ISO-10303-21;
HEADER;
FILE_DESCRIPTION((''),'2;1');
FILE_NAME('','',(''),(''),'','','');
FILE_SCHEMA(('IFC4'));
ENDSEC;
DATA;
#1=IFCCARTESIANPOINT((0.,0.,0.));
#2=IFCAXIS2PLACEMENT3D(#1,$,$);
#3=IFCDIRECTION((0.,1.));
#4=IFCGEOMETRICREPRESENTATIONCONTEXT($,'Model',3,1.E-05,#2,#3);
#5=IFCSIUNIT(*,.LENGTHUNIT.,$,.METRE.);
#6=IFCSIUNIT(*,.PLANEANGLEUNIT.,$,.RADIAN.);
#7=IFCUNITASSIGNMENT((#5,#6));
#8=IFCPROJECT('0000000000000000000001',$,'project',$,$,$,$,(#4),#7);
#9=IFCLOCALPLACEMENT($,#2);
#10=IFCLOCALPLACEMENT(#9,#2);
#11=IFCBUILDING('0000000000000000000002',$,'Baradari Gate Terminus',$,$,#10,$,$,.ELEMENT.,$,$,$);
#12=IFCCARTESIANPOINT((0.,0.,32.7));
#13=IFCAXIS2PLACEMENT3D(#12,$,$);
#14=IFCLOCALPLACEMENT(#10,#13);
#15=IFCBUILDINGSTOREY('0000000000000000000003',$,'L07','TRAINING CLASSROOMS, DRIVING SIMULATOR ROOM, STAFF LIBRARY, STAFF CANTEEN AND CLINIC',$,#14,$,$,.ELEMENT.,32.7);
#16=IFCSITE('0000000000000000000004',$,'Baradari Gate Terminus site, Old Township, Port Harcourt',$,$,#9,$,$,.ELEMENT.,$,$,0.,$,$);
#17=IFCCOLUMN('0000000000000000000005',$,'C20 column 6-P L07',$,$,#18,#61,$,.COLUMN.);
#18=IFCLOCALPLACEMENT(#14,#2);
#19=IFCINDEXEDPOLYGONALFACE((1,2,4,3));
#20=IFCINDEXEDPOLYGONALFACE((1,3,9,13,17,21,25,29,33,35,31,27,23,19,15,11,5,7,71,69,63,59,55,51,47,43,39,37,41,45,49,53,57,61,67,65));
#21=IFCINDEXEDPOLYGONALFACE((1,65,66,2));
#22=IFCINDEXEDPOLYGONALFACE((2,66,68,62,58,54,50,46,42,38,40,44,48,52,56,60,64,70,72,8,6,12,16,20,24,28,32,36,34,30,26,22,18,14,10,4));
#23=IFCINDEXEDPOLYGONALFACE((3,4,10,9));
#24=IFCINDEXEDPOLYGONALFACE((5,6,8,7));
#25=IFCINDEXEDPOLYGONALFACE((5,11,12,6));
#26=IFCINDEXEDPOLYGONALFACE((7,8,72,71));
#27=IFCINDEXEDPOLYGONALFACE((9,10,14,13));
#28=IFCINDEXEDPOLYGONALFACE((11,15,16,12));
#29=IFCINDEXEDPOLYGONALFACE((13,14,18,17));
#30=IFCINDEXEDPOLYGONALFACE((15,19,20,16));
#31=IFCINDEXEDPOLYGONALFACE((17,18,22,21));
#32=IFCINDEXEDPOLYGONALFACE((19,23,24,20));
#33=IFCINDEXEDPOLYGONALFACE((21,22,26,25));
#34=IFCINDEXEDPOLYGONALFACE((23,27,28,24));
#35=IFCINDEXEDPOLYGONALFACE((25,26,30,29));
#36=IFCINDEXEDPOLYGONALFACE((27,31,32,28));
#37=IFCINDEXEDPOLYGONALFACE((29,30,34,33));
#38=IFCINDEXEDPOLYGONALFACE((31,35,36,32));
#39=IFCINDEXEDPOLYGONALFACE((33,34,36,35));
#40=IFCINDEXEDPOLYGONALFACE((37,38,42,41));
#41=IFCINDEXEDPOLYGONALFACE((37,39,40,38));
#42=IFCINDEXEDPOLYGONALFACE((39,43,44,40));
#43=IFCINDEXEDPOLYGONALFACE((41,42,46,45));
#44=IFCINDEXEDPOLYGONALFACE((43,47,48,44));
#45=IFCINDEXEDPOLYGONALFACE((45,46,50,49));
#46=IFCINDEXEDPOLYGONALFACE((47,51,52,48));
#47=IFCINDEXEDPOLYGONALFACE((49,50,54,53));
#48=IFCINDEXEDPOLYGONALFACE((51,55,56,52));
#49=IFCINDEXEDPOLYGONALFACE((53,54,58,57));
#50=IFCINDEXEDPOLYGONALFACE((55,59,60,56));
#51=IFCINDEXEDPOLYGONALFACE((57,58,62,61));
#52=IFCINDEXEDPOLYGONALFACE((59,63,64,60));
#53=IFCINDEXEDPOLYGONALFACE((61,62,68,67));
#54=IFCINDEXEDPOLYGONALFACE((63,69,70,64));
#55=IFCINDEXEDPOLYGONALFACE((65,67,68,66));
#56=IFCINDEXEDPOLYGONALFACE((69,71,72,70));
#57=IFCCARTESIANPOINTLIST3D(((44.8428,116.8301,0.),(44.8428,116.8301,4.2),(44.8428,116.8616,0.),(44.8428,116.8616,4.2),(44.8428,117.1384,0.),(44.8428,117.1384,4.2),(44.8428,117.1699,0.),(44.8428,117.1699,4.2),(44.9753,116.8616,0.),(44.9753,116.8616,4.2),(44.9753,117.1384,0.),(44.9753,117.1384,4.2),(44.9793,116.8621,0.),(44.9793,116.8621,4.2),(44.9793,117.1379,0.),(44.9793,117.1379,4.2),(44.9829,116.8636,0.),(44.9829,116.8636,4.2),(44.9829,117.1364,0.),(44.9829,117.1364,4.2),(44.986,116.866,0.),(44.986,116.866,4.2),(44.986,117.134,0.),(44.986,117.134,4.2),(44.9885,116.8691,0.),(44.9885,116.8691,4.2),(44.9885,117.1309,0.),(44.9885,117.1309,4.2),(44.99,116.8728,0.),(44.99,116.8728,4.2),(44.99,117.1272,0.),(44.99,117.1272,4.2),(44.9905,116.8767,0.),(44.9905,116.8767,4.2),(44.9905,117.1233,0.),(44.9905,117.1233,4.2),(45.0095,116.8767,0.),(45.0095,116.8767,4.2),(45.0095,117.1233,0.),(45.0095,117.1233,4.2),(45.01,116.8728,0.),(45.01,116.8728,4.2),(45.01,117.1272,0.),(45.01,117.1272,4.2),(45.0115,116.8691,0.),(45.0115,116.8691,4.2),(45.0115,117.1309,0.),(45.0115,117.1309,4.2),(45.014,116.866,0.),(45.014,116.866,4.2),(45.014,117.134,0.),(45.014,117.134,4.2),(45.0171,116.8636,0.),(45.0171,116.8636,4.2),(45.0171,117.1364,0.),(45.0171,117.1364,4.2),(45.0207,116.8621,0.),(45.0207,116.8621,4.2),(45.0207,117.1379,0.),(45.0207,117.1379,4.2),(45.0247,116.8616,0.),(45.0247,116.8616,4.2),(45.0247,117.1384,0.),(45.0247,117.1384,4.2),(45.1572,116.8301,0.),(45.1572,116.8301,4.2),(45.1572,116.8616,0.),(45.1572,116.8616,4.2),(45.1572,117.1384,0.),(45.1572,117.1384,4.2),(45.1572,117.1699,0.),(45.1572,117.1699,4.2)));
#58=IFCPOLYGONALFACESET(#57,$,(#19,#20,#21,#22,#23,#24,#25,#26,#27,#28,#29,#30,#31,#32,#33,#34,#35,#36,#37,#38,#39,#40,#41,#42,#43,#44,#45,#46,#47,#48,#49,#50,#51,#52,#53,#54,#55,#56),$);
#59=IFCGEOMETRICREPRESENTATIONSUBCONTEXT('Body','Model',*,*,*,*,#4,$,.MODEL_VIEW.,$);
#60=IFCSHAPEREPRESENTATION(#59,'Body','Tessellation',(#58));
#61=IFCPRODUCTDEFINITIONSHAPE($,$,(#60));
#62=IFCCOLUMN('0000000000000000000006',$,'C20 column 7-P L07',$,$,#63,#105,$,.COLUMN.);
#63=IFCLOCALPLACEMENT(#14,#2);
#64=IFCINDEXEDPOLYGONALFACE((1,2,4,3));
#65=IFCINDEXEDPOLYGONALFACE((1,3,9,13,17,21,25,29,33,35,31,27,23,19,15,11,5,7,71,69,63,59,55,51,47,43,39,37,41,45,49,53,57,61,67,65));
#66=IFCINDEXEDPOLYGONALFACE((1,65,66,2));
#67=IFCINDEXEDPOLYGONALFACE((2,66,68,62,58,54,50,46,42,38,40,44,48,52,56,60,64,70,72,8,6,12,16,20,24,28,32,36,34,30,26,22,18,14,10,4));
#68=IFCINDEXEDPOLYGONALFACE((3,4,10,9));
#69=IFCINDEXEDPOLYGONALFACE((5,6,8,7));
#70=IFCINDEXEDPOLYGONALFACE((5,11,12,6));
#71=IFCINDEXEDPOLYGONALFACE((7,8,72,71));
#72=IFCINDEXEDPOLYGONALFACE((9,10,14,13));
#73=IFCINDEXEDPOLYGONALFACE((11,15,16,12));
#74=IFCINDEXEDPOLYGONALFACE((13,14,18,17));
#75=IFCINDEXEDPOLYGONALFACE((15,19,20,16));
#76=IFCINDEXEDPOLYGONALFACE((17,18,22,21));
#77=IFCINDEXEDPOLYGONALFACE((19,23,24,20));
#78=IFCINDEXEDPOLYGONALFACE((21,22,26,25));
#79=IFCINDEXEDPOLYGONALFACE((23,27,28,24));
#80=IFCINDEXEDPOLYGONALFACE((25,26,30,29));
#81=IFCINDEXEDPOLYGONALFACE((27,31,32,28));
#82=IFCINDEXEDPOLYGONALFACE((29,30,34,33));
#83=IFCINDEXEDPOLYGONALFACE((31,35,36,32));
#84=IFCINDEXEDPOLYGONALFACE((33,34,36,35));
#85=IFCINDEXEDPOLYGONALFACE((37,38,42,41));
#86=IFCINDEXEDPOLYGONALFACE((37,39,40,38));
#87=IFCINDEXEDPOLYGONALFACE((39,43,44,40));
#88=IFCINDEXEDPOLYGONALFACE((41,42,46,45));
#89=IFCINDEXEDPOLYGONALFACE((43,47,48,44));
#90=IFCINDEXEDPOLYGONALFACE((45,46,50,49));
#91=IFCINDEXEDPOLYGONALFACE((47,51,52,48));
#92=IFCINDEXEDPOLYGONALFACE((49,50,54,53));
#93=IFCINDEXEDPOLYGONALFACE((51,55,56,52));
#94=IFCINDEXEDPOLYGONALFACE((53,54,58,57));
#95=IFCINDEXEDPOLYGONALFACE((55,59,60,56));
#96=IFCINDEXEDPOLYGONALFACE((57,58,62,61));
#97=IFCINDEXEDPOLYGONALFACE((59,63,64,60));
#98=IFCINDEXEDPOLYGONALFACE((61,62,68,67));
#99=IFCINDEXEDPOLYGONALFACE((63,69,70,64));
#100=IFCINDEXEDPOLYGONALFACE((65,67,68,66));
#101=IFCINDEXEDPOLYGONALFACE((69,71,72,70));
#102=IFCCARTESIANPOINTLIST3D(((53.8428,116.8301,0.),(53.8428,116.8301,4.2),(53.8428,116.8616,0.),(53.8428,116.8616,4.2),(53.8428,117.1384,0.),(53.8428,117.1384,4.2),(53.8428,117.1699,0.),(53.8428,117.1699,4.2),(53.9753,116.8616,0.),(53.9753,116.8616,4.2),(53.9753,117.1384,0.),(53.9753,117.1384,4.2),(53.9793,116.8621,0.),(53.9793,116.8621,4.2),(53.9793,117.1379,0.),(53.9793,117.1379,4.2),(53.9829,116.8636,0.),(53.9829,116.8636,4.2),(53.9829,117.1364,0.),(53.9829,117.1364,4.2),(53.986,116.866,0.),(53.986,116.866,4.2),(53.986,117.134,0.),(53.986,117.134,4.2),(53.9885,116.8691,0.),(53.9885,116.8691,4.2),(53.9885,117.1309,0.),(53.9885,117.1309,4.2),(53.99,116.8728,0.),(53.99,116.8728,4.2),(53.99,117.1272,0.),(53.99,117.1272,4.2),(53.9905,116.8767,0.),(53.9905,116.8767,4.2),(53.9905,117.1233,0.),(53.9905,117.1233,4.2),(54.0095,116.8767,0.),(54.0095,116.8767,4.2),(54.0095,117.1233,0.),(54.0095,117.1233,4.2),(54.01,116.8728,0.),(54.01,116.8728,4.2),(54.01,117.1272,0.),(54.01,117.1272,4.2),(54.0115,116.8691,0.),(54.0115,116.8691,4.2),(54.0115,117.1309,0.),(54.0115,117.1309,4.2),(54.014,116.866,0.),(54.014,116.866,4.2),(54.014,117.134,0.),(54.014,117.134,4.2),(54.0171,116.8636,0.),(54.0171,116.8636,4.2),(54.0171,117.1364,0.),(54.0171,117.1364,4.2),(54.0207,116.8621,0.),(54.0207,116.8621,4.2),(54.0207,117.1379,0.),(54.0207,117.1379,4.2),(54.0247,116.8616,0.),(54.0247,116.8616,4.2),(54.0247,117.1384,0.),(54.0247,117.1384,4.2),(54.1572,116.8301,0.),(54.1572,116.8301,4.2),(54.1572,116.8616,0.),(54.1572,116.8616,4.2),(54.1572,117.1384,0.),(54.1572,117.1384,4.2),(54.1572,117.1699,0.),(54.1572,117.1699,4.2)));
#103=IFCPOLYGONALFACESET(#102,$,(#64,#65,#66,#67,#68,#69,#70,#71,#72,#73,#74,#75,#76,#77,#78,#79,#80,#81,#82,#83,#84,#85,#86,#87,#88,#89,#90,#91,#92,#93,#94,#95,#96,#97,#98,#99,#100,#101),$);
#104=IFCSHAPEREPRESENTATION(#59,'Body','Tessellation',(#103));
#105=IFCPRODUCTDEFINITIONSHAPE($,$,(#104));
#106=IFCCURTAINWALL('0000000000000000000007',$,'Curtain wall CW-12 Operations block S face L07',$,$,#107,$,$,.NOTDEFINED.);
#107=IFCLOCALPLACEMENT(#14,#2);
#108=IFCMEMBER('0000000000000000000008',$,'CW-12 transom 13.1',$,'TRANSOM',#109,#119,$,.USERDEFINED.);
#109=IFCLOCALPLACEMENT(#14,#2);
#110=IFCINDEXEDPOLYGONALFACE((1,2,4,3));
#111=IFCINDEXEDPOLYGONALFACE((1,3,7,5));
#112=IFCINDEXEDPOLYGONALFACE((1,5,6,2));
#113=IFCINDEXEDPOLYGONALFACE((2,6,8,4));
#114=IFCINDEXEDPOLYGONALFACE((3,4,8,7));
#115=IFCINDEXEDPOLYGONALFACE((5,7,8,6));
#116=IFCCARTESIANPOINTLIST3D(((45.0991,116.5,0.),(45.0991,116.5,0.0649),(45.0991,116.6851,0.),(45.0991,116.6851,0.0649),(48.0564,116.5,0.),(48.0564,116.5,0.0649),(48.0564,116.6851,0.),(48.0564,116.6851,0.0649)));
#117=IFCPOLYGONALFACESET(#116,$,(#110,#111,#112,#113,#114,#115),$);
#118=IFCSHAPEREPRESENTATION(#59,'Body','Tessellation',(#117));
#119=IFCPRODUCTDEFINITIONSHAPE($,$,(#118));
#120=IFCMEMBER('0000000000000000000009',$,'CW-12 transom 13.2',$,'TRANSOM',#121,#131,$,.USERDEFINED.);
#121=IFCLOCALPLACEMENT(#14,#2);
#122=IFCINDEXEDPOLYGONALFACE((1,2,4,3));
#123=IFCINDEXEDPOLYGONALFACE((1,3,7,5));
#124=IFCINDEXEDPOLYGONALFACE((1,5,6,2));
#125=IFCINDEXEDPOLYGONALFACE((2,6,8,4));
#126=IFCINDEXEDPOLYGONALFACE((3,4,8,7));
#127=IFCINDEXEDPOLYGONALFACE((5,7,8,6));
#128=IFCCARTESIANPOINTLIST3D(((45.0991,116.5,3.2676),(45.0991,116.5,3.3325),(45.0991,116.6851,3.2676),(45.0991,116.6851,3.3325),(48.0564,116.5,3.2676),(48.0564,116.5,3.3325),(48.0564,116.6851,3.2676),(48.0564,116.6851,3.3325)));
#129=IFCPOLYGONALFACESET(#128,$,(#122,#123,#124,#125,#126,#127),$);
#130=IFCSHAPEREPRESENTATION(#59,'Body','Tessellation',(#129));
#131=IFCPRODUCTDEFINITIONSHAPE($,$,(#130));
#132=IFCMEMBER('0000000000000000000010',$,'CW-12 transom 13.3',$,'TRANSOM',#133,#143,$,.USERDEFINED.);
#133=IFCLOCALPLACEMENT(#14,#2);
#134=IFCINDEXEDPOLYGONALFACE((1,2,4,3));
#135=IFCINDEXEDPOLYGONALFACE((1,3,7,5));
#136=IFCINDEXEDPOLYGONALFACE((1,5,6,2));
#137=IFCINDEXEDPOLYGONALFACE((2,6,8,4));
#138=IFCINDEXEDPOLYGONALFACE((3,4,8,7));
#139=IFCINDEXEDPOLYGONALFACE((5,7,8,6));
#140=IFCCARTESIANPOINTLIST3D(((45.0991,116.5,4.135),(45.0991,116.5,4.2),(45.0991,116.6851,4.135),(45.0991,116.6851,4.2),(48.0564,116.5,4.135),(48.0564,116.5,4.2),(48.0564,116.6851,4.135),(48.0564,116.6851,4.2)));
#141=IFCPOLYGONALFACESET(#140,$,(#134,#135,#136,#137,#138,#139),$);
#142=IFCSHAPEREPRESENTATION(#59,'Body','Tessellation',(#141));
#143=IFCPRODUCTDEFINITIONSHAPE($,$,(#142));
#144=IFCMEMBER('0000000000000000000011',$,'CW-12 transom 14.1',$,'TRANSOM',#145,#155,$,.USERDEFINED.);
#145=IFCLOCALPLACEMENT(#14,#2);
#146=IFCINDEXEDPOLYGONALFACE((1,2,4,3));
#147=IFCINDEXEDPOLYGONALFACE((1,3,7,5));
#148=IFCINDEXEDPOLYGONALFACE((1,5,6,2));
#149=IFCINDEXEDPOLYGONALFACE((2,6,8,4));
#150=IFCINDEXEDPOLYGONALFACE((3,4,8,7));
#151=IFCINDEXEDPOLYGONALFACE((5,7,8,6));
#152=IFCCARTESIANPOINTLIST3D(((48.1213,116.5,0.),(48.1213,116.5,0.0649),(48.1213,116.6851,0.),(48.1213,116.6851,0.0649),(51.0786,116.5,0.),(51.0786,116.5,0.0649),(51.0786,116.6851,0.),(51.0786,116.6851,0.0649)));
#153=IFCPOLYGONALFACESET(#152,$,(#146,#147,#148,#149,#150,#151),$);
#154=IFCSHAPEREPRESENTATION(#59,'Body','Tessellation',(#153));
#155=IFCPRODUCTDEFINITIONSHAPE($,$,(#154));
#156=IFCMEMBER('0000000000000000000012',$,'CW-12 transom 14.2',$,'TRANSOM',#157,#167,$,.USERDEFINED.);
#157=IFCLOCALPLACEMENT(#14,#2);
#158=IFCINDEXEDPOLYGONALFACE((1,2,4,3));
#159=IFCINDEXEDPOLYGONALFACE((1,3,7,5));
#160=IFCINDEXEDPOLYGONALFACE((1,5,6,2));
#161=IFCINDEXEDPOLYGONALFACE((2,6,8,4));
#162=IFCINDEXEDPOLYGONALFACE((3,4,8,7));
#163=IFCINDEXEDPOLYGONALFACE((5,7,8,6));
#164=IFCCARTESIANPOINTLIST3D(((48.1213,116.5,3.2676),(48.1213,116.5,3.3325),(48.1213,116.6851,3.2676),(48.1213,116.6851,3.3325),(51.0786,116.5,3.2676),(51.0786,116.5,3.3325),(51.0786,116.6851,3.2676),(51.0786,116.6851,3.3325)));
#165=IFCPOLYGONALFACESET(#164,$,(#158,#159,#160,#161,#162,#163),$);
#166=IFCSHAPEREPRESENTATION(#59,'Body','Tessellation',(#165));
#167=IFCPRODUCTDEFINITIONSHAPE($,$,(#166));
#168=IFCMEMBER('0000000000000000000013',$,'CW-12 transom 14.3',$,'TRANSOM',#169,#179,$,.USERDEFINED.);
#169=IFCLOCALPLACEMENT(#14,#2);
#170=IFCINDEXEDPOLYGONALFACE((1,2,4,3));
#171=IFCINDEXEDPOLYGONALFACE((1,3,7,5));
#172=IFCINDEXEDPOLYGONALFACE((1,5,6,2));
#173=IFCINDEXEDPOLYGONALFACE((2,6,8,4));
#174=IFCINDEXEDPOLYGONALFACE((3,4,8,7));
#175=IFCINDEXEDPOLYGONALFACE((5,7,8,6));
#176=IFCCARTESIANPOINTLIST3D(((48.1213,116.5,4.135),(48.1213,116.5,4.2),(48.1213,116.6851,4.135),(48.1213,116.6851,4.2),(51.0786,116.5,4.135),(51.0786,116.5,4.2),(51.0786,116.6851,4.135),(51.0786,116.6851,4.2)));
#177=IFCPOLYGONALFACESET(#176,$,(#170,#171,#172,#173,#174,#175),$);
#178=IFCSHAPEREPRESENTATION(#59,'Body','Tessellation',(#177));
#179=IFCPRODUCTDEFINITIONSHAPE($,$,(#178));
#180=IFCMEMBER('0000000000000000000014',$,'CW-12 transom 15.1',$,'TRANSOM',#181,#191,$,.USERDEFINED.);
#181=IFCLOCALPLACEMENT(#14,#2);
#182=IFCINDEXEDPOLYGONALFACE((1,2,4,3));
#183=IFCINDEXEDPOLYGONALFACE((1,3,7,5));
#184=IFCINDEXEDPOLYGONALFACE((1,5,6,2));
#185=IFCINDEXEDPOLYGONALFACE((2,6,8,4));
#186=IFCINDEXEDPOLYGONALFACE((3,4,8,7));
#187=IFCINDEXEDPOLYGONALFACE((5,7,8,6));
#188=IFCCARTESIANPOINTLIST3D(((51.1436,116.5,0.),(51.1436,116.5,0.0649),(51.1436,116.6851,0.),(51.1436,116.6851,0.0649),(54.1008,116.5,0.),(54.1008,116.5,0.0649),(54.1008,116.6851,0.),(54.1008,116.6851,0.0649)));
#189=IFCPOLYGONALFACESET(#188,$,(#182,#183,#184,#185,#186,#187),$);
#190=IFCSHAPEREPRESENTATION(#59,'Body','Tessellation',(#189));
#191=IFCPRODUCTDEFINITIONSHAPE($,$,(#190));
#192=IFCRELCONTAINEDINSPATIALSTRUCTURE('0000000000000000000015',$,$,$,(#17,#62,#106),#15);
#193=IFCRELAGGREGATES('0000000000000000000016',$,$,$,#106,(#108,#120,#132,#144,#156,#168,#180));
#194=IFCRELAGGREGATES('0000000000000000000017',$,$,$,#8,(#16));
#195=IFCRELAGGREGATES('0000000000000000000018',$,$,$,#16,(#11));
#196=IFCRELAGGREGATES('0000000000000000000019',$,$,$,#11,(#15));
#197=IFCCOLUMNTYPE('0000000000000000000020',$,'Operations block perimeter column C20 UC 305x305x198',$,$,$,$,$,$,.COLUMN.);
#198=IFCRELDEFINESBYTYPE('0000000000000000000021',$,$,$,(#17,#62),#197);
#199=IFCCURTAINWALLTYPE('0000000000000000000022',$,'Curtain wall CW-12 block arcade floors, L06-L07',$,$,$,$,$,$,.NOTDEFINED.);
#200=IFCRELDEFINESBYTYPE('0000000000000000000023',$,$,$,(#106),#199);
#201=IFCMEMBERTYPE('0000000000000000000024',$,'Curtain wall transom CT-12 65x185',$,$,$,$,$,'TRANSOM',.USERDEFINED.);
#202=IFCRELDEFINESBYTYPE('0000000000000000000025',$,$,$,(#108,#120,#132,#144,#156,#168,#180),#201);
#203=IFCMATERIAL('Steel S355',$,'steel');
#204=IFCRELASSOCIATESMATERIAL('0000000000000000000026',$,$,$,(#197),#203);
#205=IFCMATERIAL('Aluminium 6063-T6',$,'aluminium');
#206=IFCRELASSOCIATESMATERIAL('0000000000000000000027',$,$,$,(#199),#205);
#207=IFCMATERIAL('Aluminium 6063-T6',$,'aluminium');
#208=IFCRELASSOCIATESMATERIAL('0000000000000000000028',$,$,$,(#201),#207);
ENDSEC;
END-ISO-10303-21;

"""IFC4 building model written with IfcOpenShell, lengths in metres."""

from ifc_helpers import new_model, si_unit, direction, frame, origin, origin_2d, place, context, subcontext, project, spatial, rectangle, i_section, extrude, material, material_profile, profile_set, type_object, element, aggregate, save


model = new_model("IFC4")

# Units and contexts
model_context = context("Model", 3, precision=1e-05, world=origin(), true_north=direction((0.0, 1.0)))
body_context = subcontext(model_context, "Body", "Model", "MODEL_VIEW")
ifc_project = project(units=[si_unit("LENGTHUNIT", "METRE"), si_unit("PLANEANGLEUNIT", "RADIAN")], contexts=[model_context])

# Site, building, storey
site_placement = place(None, origin())
site = spatial("IfcSite", under=ifc_project, at=site_placement, Name="Baradari Gate Terminus site, Old Township, Port Harcourt", CompositionType="ELEMENT", RefElevation=0.0)
building_placement = place(site_placement, origin())
building = spatial("IfcBuilding", under=site, at=building_placement, Name="Baradari Gate Terminus", CompositionType="ELEMENT")
storey_placement = place(building_placement, frame((0.0, 0.0, 32.7)))
storey = spatial("IfcBuildingStorey", under=building, at=storey_placement, Name="L07", Description="TRAINING CLASSROOMS, DRIVING SIMULATOR ROOM, STAFF LIBRARY, STAFF CANTEEN AND CLINIC", CompositionType="ELEMENT", Elevation=32.7)

# Columns
ifc_material_1 = material(Name="Steel S355", Category="steel")
ifc_material_profile_1 = material_profile(ifc_material_1, i_section(OverallWidth=0.3145, OverallDepth=0.3398, WebThickness=0.019, FlangeThickness=0.0315, FilletRadius=0.0151, at=origin_2d()), Name="UC 305x305x198")
ifc_profile_set_1 = profile_set([ifc_material_profile_1], Name="Steel S355")
column_type = type_object("IfcColumnType", Name="Operations block perimeter column C20 UC 305x305x198", PredefinedType="COLUMN", material=ifc_profile_set_1)
for number, where, z_axis, x_axis, name in (
    (1, (45.0, 117.0, 0.0), (0.0, 0.0, 1.0), (1.0, 0.0, 0.0), "C20 column 6-P L07"),
    (2, (54.0, 117.0, 0.0), (0.0, 0.0, 1.0), (1.0, 0.0, 0.0), "C20 column 7-P L07"),
):
    element("IfcColumn", number, at=place(storey_placement, frame(where, z_axis=z_axis, x_axis=x_axis)), inside=storey, type_object=column_type, Name=name, PredefinedType="COLUMN", context=body_context, shape_type="SweptSolid", body=[
        extrude(i_section(OverallWidth=0.3145, OverallDepth=0.3398, WebThickness=0.019, FlangeThickness=0.0315, FilletRadius=0.0151, at=origin_2d()), origin(), (0.0, 0.0, 1.0), 4.2),
    ])

# Curtain wall, members
ifc_material_2 = material(Name="Aluminium 6063-T6", Category="aluminium")
curtain_wall_type = type_object("IfcCurtainWallType", Name="Curtain wall CW-12 block arcade floors, L06-L07", PredefinedType="NOTDEFINED", material=ifc_material_2)
curtain_wall_placement = place(storey_placement, origin())
curtain_wall = element("IfcCurtainWall", 3, at=curtain_wall_placement, inside=storey, type_object=curtain_wall_type, Name="Curtain wall CW-12 Operations block S face L07", PredefinedType="NOTDEFINED")
ifc_material_3 = material(Name="Aluminium 6063-T6", Category="aluminium")
ifc_material_profile_2 = material_profile(ifc_material_3, rectangle(XDim=0.1851, YDim=0.0649, at=origin_2d()), Name="CT-12 65X185")
ifc_profile_set_2 = profile_set([ifc_material_profile_2], Name="Aluminium 6063-T6")
member_type = type_object("IfcMemberType", Name="Curtain wall transom CT-12 65x185", ElementType="TRANSOM", PredefinedType="USERDEFINED", material=ifc_profile_set_2)
member_1_placement = place(storey_placement, frame((45.0991, 116.5925, 0.0325), z_axis=(1.0, 0.0, 0.0), x_axis=(0.0, 1.0, 0.0)))
member_1 = element("IfcMember", 4, at=member_1_placement, type_object=member_type, Name="CW-12 transom 13.1", ObjectType="TRANSOM", PredefinedType="USERDEFINED", context=body_context, shape_type="SweptSolid", body=[
    extrude(rectangle(XDim=0.1851, YDim=0.0649, at=origin_2d()), origin(), (0.0, 0.0, 1.0), 2.9573),
])
member_2_placement = place(storey_placement, frame((45.0991, 116.5925, 3.3), z_axis=(1.0, 0.0, 0.0), x_axis=(0.0, 1.0, 0.0)))
member_2 = element("IfcMember", 5, at=member_2_placement, type_object=member_type, Name="CW-12 transom 13.2", ObjectType="TRANSOM", PredefinedType="USERDEFINED", context=body_context, shape_type="SweptSolid", body=[
    extrude(rectangle(XDim=0.1851, YDim=0.0649, at=origin_2d()), origin(), (0.0, 0.0, 1.0), 2.9573),
])
member_3_placement = place(storey_placement, frame((45.0991, 116.5925, 4.1675), z_axis=(1.0, 0.0, 0.0), x_axis=(0.0, 1.0, 0.0)))
member_3 = element("IfcMember", 6, at=member_3_placement, type_object=member_type, Name="CW-12 transom 13.3", ObjectType="TRANSOM", PredefinedType="USERDEFINED", context=body_context, shape_type="SweptSolid", body=[
    extrude(rectangle(XDim=0.1851, YDim=0.0649, at=origin_2d()), origin(), (0.0, 0.0, 1.0), 2.9573),
])
member_4_placement = place(storey_placement, frame((48.1213, 116.5925, 0.0325), z_axis=(1.0, 0.0, 0.0), x_axis=(0.0, 1.0, 0.0)))
member_4 = element("IfcMember", 7, at=member_4_placement, type_object=member_type, Name="CW-12 transom 14.1", ObjectType="TRANSOM", PredefinedType="USERDEFINED", context=body_context, shape_type="SweptSolid", body=[
    extrude(rectangle(XDim=0.1851, YDim=0.0649, at=origin_2d()), origin(), (0.0, 0.0, 1.0), 2.9573),
])
member_5_placement = place(storey_placement, frame((48.1213, 116.5925, 3.3), z_axis=(1.0, 0.0, 0.0), x_axis=(0.0, 1.0, 0.0)))
member_5 = element("IfcMember", 8, at=member_5_placement, type_object=member_type, Name="CW-12 transom 14.2", ObjectType="TRANSOM", PredefinedType="USERDEFINED", context=body_context, shape_type="SweptSolid", body=[
    extrude(rectangle(XDim=0.1851, YDim=0.0649, at=origin_2d()), origin(), (0.0, 0.0, 1.0), 2.9573),
])
member_6_placement = place(storey_placement, frame((48.1213, 116.5925, 4.1675), z_axis=(1.0, 0.0, 0.0), x_axis=(0.0, 1.0, 0.0)))
member_6 = element("IfcMember", 9, at=member_6_placement, type_object=member_type, Name="CW-12 transom 14.3", ObjectType="TRANSOM", PredefinedType="USERDEFINED", context=body_context, shape_type="SweptSolid", body=[
    extrude(rectangle(XDim=0.1851, YDim=0.0649, at=origin_2d()), origin(), (0.0, 0.0, 1.0), 2.9573),
])
member_7_placement = place(storey_placement, frame((51.1436, 116.5925, 0.0325), z_axis=(1.0, 0.0, 0.0), x_axis=(0.0, 1.0, 0.0)))
member_7 = element("IfcMember", 10, at=member_7_placement, type_object=member_type, Name="CW-12 transom 15.1", ObjectType="TRANSOM", PredefinedType="USERDEFINED", context=body_context, shape_type="SweptSolid", body=[
    extrude(rectangle(XDim=0.1851, YDim=0.0649, at=origin_2d()), origin(), (0.0, 0.0, 1.0), 2.9573),
])

aggregate(curtain_wall, [member_1, member_2, member_3, member_4, member_5, member_6, member_7])

save(model, "model.ifc")
